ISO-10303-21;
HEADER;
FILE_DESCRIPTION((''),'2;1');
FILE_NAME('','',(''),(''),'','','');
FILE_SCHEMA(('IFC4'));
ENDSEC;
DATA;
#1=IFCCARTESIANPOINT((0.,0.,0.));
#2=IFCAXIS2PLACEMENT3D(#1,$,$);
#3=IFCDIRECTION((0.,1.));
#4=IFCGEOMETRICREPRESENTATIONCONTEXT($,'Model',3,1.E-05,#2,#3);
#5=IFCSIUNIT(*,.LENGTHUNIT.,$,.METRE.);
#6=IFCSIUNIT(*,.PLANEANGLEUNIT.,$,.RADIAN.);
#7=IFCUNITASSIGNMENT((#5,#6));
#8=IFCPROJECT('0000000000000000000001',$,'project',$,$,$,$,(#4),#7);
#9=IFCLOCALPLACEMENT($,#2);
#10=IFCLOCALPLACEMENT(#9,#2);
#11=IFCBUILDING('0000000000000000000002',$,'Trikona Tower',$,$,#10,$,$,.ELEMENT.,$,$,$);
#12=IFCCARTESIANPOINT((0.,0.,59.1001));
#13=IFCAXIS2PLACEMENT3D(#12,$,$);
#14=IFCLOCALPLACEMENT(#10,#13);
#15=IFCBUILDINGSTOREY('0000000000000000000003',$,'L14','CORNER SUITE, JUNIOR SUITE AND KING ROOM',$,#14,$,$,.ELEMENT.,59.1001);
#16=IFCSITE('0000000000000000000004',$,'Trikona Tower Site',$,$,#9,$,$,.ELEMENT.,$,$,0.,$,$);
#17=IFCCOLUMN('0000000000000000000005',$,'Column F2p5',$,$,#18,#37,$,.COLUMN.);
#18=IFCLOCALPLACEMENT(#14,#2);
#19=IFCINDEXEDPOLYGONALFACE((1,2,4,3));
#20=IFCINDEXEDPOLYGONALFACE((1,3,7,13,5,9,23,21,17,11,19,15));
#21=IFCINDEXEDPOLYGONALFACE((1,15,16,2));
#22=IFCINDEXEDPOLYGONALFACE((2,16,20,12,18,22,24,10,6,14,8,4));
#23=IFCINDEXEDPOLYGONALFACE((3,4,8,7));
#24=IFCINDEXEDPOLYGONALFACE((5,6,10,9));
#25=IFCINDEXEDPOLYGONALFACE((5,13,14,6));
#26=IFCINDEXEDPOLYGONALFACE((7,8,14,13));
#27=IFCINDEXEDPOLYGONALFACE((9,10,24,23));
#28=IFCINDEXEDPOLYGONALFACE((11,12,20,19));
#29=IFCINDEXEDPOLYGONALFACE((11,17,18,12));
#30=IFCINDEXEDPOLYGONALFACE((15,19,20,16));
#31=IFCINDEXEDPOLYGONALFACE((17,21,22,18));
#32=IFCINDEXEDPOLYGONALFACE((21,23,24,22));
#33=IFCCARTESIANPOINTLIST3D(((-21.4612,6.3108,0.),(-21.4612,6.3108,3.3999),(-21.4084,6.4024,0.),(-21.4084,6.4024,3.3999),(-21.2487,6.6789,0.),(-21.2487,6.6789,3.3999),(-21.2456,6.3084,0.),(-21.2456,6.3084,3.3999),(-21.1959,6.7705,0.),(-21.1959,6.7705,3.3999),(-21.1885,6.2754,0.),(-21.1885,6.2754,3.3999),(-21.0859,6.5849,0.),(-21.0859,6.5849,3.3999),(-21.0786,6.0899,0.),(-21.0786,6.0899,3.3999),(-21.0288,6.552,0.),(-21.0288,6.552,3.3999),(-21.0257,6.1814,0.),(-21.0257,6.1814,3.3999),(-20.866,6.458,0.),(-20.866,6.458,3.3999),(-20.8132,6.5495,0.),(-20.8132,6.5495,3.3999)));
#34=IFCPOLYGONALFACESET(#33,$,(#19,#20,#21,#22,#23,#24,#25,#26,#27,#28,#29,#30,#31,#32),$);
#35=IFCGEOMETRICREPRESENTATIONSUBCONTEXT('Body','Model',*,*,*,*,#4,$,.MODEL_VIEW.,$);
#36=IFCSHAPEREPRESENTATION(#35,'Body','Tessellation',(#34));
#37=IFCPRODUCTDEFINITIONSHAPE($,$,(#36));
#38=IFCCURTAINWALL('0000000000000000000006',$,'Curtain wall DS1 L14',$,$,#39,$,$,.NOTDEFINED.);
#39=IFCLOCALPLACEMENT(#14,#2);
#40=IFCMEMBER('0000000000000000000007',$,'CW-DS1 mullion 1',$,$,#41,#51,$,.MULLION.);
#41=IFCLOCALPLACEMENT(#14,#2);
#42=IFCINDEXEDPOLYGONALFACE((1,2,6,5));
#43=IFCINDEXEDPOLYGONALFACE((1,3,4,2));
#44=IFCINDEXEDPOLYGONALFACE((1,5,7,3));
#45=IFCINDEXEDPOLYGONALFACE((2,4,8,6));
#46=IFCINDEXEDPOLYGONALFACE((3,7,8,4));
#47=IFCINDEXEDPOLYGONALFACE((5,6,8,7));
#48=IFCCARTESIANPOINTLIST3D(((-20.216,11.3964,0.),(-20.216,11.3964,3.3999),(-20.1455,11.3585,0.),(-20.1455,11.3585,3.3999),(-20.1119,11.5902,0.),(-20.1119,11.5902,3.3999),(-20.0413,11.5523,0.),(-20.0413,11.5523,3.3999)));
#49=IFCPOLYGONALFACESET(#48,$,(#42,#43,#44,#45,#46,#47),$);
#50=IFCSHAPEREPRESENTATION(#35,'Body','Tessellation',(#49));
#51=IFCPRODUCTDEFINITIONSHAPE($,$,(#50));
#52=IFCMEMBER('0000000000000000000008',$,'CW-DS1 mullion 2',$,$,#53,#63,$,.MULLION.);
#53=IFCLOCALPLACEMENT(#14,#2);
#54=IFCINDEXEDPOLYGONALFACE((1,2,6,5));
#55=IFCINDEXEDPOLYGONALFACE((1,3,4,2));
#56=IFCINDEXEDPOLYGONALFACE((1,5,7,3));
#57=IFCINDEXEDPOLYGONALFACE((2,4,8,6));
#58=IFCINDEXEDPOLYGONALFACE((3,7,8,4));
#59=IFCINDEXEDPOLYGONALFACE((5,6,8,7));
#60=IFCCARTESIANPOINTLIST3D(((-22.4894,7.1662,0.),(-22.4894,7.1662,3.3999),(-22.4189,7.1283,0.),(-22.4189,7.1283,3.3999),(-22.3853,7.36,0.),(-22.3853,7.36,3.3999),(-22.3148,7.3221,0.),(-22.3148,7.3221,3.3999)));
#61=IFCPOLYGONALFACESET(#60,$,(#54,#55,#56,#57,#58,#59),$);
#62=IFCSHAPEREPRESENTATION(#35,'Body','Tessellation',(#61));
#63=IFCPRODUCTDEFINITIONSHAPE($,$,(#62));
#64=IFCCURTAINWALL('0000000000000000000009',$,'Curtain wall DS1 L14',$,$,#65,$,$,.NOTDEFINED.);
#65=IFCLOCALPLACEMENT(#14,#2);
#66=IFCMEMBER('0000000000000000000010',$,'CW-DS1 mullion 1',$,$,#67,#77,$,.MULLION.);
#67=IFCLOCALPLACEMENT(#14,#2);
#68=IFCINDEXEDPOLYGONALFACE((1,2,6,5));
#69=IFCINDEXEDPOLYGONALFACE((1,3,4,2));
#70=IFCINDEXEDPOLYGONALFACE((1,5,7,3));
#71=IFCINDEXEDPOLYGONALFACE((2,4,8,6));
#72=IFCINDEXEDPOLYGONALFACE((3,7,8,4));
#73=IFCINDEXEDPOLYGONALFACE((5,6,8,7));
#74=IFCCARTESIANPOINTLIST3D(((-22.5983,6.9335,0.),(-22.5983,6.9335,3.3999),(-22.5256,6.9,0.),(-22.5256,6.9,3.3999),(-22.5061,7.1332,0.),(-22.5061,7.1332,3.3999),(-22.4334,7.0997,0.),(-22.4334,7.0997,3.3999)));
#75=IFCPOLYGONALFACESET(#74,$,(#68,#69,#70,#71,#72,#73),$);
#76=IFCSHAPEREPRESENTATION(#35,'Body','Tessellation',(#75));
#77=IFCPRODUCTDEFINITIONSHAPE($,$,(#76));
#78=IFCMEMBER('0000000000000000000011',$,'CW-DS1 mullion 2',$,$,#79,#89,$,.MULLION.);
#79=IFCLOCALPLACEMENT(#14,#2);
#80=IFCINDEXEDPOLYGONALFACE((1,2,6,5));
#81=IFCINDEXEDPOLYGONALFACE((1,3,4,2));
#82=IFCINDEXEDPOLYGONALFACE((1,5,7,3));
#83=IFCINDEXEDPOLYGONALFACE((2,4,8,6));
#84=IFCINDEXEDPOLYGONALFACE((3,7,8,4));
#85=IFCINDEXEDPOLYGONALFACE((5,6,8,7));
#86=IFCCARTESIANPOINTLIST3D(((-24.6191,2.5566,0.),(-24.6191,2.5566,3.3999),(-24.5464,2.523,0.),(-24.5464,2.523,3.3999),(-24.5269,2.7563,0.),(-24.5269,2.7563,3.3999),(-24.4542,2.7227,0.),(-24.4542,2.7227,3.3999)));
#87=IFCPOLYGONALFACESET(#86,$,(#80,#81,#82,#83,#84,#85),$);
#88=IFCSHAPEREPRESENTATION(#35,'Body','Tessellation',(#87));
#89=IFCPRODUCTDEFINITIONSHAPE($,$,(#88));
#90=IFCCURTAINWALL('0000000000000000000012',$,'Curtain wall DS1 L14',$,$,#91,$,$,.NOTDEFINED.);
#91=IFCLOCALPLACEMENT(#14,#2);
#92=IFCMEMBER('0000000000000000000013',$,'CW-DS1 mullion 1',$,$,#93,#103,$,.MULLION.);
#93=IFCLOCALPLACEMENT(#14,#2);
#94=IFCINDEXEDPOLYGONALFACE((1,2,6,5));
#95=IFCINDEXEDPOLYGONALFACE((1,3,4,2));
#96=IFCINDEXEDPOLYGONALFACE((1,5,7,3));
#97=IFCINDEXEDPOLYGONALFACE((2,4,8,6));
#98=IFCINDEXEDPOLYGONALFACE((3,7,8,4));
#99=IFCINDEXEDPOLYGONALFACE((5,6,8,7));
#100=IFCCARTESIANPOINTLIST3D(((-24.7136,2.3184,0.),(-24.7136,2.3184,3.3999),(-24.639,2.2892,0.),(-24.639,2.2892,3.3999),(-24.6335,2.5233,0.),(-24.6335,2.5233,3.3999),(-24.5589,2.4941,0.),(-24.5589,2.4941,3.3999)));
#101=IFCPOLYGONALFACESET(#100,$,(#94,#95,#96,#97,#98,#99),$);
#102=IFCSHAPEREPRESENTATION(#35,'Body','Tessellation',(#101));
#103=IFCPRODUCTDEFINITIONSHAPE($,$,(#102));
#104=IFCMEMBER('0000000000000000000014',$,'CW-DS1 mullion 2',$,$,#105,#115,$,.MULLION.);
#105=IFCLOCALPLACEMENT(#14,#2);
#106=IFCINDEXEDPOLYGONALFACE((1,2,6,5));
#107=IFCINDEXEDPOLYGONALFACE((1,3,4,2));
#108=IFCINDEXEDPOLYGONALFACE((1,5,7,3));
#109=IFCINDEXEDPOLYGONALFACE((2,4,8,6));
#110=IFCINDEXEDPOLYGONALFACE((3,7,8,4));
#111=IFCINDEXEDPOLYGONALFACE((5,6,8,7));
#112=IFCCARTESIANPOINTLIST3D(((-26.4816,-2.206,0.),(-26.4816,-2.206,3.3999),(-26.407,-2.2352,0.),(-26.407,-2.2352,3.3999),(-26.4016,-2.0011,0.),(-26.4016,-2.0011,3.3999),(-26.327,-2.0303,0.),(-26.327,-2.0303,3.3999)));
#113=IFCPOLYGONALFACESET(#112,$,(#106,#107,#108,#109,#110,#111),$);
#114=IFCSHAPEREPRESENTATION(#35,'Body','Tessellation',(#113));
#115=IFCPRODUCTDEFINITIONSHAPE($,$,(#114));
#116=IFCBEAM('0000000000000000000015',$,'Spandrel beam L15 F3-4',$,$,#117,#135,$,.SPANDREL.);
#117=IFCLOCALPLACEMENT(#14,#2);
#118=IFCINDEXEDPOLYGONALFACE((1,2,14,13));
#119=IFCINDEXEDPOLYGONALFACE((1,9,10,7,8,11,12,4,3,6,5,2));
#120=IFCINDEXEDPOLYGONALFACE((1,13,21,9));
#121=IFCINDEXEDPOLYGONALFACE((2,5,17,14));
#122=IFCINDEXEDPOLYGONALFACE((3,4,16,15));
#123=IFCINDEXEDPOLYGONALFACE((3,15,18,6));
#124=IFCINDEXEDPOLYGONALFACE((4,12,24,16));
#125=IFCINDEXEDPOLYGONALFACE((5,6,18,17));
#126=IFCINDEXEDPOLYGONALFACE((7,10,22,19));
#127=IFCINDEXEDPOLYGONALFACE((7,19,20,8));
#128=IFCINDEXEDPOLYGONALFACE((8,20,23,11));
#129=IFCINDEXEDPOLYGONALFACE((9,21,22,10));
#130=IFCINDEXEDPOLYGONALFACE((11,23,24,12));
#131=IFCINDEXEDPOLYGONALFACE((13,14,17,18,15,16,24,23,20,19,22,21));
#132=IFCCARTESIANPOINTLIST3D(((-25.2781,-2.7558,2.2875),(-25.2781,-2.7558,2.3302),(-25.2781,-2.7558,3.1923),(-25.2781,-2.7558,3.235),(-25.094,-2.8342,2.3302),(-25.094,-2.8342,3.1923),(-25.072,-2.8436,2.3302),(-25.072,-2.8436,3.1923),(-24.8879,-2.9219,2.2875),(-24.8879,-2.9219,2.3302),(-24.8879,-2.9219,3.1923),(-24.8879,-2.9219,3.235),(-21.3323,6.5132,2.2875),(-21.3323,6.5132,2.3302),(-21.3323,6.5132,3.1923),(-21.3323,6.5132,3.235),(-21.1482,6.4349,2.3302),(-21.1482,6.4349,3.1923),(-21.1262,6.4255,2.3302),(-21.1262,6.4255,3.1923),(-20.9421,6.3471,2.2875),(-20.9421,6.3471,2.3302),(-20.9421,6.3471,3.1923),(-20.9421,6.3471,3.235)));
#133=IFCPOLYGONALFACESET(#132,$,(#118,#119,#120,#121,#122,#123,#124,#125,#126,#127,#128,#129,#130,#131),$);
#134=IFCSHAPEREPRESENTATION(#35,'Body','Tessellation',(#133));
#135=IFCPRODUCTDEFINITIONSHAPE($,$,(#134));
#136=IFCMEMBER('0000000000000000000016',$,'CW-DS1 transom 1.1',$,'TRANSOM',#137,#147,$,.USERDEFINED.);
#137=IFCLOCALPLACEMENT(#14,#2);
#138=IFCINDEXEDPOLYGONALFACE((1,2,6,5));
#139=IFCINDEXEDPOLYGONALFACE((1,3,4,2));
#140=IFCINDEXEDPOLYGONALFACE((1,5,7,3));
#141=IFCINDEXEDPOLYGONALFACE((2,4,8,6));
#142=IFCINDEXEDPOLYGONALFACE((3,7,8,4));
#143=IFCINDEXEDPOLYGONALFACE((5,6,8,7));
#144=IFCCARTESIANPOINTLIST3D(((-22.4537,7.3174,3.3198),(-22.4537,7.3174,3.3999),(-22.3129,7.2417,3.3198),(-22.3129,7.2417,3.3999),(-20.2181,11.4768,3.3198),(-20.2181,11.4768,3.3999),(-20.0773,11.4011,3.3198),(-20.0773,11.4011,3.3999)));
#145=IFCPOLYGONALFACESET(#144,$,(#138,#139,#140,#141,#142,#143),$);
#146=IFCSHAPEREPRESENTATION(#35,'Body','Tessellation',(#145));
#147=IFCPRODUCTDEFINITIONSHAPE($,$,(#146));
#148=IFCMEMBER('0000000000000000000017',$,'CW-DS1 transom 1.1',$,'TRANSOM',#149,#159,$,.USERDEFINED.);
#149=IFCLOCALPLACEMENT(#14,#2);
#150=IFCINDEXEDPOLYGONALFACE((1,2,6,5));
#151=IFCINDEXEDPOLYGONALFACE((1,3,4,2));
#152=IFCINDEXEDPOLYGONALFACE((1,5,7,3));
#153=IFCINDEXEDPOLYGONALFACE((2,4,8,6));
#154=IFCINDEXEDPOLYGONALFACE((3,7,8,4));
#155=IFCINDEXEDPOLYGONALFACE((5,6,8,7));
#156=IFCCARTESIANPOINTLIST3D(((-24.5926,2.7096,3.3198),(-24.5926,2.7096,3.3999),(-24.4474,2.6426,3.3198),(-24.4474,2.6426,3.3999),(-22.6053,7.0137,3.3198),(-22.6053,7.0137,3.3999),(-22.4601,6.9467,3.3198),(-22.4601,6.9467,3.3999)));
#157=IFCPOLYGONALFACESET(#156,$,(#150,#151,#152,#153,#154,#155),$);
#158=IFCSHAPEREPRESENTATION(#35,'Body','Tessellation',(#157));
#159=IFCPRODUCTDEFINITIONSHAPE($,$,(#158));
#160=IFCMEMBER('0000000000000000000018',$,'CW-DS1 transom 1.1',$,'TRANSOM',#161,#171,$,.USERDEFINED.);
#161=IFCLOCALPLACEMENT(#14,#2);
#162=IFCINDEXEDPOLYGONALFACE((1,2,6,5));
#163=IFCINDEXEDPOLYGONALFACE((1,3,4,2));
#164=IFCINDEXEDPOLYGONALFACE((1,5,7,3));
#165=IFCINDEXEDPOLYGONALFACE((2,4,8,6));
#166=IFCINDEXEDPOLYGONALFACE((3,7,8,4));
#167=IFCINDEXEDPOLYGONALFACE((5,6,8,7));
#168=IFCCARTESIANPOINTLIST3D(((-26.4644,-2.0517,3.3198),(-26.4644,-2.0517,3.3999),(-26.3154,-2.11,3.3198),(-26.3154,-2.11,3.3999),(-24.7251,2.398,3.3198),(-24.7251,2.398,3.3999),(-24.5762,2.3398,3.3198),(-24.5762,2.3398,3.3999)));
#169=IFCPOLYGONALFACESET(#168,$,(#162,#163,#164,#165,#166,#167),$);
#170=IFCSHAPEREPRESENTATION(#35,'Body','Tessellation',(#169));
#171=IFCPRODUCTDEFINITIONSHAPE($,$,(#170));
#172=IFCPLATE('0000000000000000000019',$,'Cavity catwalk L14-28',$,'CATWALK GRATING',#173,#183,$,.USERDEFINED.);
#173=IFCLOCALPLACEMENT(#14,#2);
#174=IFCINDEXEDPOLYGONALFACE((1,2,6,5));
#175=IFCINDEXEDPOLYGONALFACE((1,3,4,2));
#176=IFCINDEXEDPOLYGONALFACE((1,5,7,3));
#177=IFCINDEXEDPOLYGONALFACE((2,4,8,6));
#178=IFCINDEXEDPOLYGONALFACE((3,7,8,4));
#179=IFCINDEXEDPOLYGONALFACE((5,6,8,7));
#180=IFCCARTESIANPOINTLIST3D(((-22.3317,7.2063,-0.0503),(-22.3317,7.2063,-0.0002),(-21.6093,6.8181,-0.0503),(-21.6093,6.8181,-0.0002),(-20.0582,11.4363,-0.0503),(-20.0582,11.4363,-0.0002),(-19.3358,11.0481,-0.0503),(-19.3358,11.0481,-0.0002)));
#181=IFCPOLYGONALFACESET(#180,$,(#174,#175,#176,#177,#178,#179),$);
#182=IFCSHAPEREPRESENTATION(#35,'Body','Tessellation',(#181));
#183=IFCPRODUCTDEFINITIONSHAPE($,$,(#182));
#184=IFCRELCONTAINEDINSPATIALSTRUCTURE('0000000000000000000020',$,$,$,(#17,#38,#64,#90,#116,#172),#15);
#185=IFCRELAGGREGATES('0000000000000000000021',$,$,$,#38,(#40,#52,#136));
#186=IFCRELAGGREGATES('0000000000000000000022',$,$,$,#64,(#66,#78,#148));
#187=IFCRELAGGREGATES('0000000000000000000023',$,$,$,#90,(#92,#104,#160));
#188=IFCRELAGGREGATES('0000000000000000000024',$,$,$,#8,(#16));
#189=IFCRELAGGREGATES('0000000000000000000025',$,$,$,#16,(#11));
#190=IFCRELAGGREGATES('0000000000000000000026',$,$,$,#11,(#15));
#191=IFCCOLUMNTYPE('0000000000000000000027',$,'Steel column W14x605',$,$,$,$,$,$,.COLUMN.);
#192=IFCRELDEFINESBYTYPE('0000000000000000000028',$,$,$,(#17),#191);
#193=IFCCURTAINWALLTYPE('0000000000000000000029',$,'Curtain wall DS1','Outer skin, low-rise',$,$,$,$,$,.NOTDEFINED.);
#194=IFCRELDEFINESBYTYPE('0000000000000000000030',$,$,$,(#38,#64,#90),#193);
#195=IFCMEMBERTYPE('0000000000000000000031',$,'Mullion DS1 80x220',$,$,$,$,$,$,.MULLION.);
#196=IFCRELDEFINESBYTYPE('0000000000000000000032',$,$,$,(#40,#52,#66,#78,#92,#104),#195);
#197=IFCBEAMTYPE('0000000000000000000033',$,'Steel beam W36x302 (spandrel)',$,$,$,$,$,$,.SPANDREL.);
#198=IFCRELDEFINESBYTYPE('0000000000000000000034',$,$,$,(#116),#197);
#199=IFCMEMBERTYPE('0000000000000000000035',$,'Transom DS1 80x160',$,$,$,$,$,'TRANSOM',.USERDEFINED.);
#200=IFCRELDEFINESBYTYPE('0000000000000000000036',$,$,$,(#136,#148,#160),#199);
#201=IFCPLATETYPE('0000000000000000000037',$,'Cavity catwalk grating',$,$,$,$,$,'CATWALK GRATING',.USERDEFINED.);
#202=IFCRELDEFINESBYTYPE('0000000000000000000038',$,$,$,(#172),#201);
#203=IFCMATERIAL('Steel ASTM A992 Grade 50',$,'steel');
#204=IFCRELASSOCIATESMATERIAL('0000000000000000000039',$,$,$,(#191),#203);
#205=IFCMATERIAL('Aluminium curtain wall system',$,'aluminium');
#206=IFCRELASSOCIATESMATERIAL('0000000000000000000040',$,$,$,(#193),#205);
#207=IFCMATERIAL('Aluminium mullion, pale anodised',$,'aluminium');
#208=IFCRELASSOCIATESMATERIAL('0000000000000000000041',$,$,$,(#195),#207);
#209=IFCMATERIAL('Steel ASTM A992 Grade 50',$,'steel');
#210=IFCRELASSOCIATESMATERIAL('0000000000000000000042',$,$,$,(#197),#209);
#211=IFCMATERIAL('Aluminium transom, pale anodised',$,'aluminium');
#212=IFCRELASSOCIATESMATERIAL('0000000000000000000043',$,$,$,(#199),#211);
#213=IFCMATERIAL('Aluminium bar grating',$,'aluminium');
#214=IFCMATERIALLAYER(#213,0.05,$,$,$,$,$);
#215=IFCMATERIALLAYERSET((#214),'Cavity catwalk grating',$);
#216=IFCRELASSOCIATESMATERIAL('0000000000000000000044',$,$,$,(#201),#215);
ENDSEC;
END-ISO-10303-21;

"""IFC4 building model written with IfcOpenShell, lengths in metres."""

from ifc_helpers import new_model, si_unit, direction, frame, origin, origin_2d, place, context, subcontext, project, spatial, rectangle, i_section, extrude, material, layer, layer_set, material_profile, profile_set, type_object, element, aggregate, save


model = new_model("IFC4")

# Units and contexts
model_context = context("Model", 3, precision=1e-05, world=origin(), true_north=direction((0.0, 1.0)))
body_context = subcontext(model_context, "Body", "Model", "MODEL_VIEW")
ifc_project = project(units=[si_unit("LENGTHUNIT", "METRE"), si_unit("PLANEANGLEUNIT", "RADIAN")], contexts=[model_context])

# Site, building, storey
site_placement = place(None, origin())
site = spatial("IfcSite", under=ifc_project, at=site_placement, Name="Trikona Tower Site", CompositionType="ELEMENT", RefElevation=0.0)
building_placement = place(site_placement, origin())
building = spatial("IfcBuilding", under=site, at=building_placement, Name="Trikona Tower", CompositionType="ELEMENT")
storey_placement = place(building_placement, frame((0.0, 0.0, 59.1001)))
storey = spatial("IfcBuildingStorey", under=building, at=storey_placement, Name="L14", Description="CORNER SUITE, JUNIOR SUITE AND KING ROOM", CompositionType="ELEMENT", Elevation=59.1001)

# Column
ifc_material_1 = material(Name="Steel ASTM A992 Grade 50", Category="steel")
ifc_material_profile_1 = material_profile(ifc_material_1, i_section(OverallWidth=0.4419, OverallDepth=0.5308, WebThickness=0.0659, FlangeThickness=0.1057, at=origin_2d()), Name="W14X605")
ifc_profile_set_1 = profile_set([ifc_material_profile_1], Name="Steel ASTM A992 Grade 50")
column_type = type_object("IfcColumnType", Name="Steel column W14x605", PredefinedType="COLUMN", material=ifc_profile_set_1)
column_placement = place(storey_placement, frame((-21.1372, 6.4302, 0.0), z_axis=(0.0, 0.0, 1.0), x_axis=(-0.866025, 0.5, 0.0)))
element("IfcColumn", 1, at=column_placement, inside=storey, type_object=column_type, Name="Column F2p5", PredefinedType="COLUMN", context=body_context, shape_type="SweptSolid", body=[
    extrude(i_section(OverallWidth=0.4419, OverallDepth=0.5308, WebThickness=0.0659, FlangeThickness=0.1057, at=origin_2d()), origin(), (0.0, 0.0, 1.0), 3.3999),
])

# Curtain walls, members
ifc_material_2 = material(Name="Aluminium curtain wall system", Category="aluminium")
curtain_wall_type = type_object("IfcCurtainWallType", Name="Curtain wall DS1", Description="Outer skin, low-rise", PredefinedType="NOTDEFINED", material=ifc_material_2)
curtain_wall_1_placement = place(storey_placement, origin())
curtain_wall_1 = element("IfcCurtainWall", 2, at=curtain_wall_1_placement, inside=storey, type_object=curtain_wall_type, Name="Curtain wall DS1 L14", PredefinedType="NOTDEFINED")
ifc_material_3 = material(Name="Aluminium mullion, pale anodised", Category="aluminium")
ifc_material_profile_2 = material_profile(ifc_material_3, rectangle(XDim=0.0801, YDim=0.22, at=origin_2d()), Name="MUL-DS1")
ifc_profile_set_2 = profile_set([ifc_material_profile_2], Name="Aluminium mullion, pale anodised")
member_type_1 = type_object("IfcMemberType", Name="Mullion DS1 80x220", PredefinedType="MULLION", material=ifc_profile_set_2)
member_1_placement = place(storey_placement, frame((-20.1287, 11.4744, 0.0), z_axis=(0.0, 0.0, 1.0), x_axis=(0.880843, -0.473408, 0.0)))
member_1 = element("IfcMember", 3, at=member_1_placement, type_object=member_type_1, Name="CW-DS1 mullion 1", PredefinedType="MULLION", context=body_context, shape_type="SweptSolid", body=[
    extrude(rectangle(XDim=0.0801, YDim=0.22, at=origin_2d()), origin(), (0.0, 0.0, 1.0), 3.3999),
])
member_2_placement = place(storey_placement, frame((-22.4021, 7.2441, 0.0), z_axis=(0.0, 0.0, 1.0), x_axis=(0.880843, -0.473408, 0.0)))
member_2 = element("IfcMember", 4, at=member_2_placement, type_object=member_type_1, Name="CW-DS1 mullion 2", PredefinedType="MULLION", context=body_context, shape_type="SweptSolid", body=[
    extrude(rectangle(XDim=0.0801, YDim=0.22, at=origin_2d()), origin(), (0.0, 0.0, 1.0), 3.3999),
])
curtain_wall_2_placement = place(storey_placement, origin())
curtain_wall_2 = element("IfcCurtainWall", 5, at=curtain_wall_2_placement, inside=storey, type_object=curtain_wall_type, Name="Curtain wall DS1 L14", PredefinedType="NOTDEFINED")
member_3_placement = place(storey_placement, frame((-22.5159, 7.0166, 0.0), z_axis=(0.0, 0.0, 1.0), x_axis=(0.907898, -0.41919, 0.0)))
member_3 = element("IfcMember", 6, at=member_3_placement, type_object=member_type_1, Name="CW-DS1 mullion 1", PredefinedType="MULLION", context=body_context, shape_type="SweptSolid", body=[
    extrude(rectangle(XDim=0.0801, YDim=0.22, at=origin_2d()), origin(), (0.0, 0.0, 1.0), 3.3999),
])
member_4_placement = place(storey_placement, frame((-24.5366, 2.6396, 0.0), z_axis=(0.0, 0.0, 1.0), x_axis=(0.907898, -0.41919, 0.0)))
member_4 = element("IfcMember", 7, at=member_4_placement, type_object=member_type_1, Name="CW-DS1 mullion 2", PredefinedType="MULLION", context=body_context, shape_type="SweptSolid", body=[
    extrude(rectangle(XDim=0.0801, YDim=0.22, at=origin_2d()), origin(), (0.0, 0.0, 1.0), 3.3999),
])
curtain_wall_3_placement = place(storey_placement, origin())
curtain_wall_3 = element("IfcCurtainWall", 8, at=curtain_wall_3_placement, inside=storey, type_object=curtain_wall_type, Name="Curtain wall DS1 L14", PredefinedType="NOTDEFINED")
member_5_placement = place(storey_placement, frame((-24.6362, 2.4062, 0.0), z_axis=(0.0, 0.0, 1.0), x_axis=(0.931396, -0.364008, 0.0)))
member_5 = element("IfcMember", 9, at=member_5_placement, type_object=member_type_1, Name="CW-DS1 mullion 1", PredefinedType="MULLION", context=body_context, shape_type="SweptSolid", body=[
    extrude(rectangle(XDim=0.0801, YDim=0.22, at=origin_2d()), origin(), (0.0, 0.0, 1.0), 3.3999),
])
member_6_placement = place(storey_placement, frame((-26.4043, -2.1182, 0.0), z_axis=(0.0, 0.0, 1.0), x_axis=(0.931396, -0.364008, 0.0)))
member_6 = element("IfcMember", 10, at=member_6_placement, type_object=member_type_1, Name="CW-DS1 mullion 2", PredefinedType="MULLION", context=body_context, shape_type="SweptSolid", body=[
    extrude(rectangle(XDim=0.0801, YDim=0.22, at=origin_2d()), origin(), (0.0, 0.0, 1.0), 3.3999),
])

# Beam
ifc_material_4 = material(Name="Steel ASTM A992 Grade 50", Category="steel")
ifc_material_profile_3 = material_profile(ifc_material_4, i_section(OverallWidth=0.4241, OverallDepth=0.9475, WebThickness=0.0239, FlangeThickness=0.0427, at=origin_2d()), Name="W36X302")
ifc_profile_set_3 = profile_set([ifc_material_profile_3], Name="Steel ASTM A992 Grade 50")
beam_type = type_object("IfcBeamType", Name="Steel beam W36x302 (spandrel)", PredefinedType="SPANDREL", material=ifc_profile_set_3)
beam_placement = place(storey_placement, frame((-21.1372, 6.4302, 2.7612), z_axis=(-0.391684, -0.9201, 0.0), x_axis=(0.9201, -0.391684, 0.0)))
element("IfcBeam", 11, at=beam_placement, inside=storey, type_object=beam_type, Name="Spandrel beam L15 F3-4", PredefinedType="SPANDREL", context=body_context, shape_type="SweptSolid", body=[
    extrude(i_section(OverallWidth=0.4241, OverallDepth=0.9475, WebThickness=0.0239, FlangeThickness=0.0427, at=origin_2d()), origin(), (0.0, 0.0, 1.0), 10.074),
])

# Members
ifc_material_5 = material(Name="Aluminium transom, pale anodised", Category="aluminium")
ifc_material_profile_4 = material_profile(ifc_material_5, rectangle(XDim=0.1599, YDim=0.0801, at=origin_2d()), Name="TRN-DS1")
ifc_profile_set_4 = profile_set([ifc_material_profile_4], Name="Aluminium transom, pale anodised")
member_type_2 = type_object("IfcMemberType", Name="Transom DS1 80x160", ElementType="TRANSOM", PredefinedType="USERDEFINED", material=ifc_profile_set_4)
member_7_placement = place(storey_placement, frame((-20.1477, 11.439, 3.3599), z_axis=(-0.473428, -0.880833, 0.0), x_axis=(0.880833, -0.473428, 0.0)))
member_7 = element("IfcMember", 12, at=member_7_placement, type_object=member_type_2, Name="CW-DS1 transom 1.1", ObjectType="TRANSOM", PredefinedType="USERDEFINED", context=body_context, shape_type="SweptSolid", body=[
    extrude(rectangle(XDim=0.1599, YDim=0.0801, at=origin_2d()), origin(), (0.0, 0.0, 1.0), 4.7222),
])
member_8_placement = place(storey_placement, frame((-22.5327, 6.9802, 3.3599), z_axis=(-0.419189, -0.907899, 0.0), x_axis=(0.907899, -0.419189, 0.0)))
member_8 = element("IfcMember", 13, at=member_8_placement, type_object=member_type_2, Name="CW-DS1 transom 1.1", ObjectType="TRANSOM", PredefinedType="USERDEFINED", context=body_context, shape_type="SweptSolid", body=[
    extrude(rectangle(XDim=0.1599, YDim=0.0801, at=origin_2d()), origin(), (0.0, 0.0, 1.0), 4.7407),
])
member_9_placement = place(storey_placement, frame((-24.6506, 2.3689, 3.3599), z_axis=(-0.364049, -0.93138, 0.0), x_axis=(0.93138, -0.364049, 0.0)))
member_9 = element("IfcMember", 14, at=member_9_placement, type_object=member_type_2, Name="CW-DS1 transom 1.1", ObjectType="TRANSOM", PredefinedType="USERDEFINED", context=body_context, shape_type="SweptSolid", body=[
    extrude(rectangle(XDim=0.1599, YDim=0.0801, at=origin_2d()), origin(), (0.0, 0.0, 1.0), 4.7776),
])

# Plate
ifc_material_6 = material(Name="Aluminium bar grating", Category="aluminium")
ifc_layer_1 = layer(ifc_material_6, 0.05)
ifc_layer_set_1 = layer_set([ifc_layer_1], Name="Cavity catwalk grating")
plate_type_1 = type_object("IfcPlateType", Name="Cavity catwalk grating", ElementType="CATWALK GRATING", PredefinedType="USERDEFINED", material=ifc_layer_set_1)
plate_1_placement = place(storey_placement, frame((-20.8337, 9.1272, -0.0503), z_axis=(0.0, 0.0, 1.0), x_axis=(-0.473423, -0.880835, 0.0)))
element("IfcPlate", 15, at=plate_1_placement, inside=storey, type_object=plate_type_1, Name="Cavity catwalk L14-28", ObjectType="CATWALK GRATING", PredefinedType="USERDEFINED", context=body_context, shape_type="SweptSolid", body=[
    extrude(rectangle(XDim=4.8022, YDim=0.8201, at=origin_2d()), origin(), (0.0, 0.0, 1.0), 0.05),
])

aggregate(curtain_wall_1, [member_1, member_2, member_7])
aggregate(curtain_wall_2, [member_3, member_4, member_8])
aggregate(curtain_wall_3, [member_5, member_6, member_9])

save(model, "model.ifc")
